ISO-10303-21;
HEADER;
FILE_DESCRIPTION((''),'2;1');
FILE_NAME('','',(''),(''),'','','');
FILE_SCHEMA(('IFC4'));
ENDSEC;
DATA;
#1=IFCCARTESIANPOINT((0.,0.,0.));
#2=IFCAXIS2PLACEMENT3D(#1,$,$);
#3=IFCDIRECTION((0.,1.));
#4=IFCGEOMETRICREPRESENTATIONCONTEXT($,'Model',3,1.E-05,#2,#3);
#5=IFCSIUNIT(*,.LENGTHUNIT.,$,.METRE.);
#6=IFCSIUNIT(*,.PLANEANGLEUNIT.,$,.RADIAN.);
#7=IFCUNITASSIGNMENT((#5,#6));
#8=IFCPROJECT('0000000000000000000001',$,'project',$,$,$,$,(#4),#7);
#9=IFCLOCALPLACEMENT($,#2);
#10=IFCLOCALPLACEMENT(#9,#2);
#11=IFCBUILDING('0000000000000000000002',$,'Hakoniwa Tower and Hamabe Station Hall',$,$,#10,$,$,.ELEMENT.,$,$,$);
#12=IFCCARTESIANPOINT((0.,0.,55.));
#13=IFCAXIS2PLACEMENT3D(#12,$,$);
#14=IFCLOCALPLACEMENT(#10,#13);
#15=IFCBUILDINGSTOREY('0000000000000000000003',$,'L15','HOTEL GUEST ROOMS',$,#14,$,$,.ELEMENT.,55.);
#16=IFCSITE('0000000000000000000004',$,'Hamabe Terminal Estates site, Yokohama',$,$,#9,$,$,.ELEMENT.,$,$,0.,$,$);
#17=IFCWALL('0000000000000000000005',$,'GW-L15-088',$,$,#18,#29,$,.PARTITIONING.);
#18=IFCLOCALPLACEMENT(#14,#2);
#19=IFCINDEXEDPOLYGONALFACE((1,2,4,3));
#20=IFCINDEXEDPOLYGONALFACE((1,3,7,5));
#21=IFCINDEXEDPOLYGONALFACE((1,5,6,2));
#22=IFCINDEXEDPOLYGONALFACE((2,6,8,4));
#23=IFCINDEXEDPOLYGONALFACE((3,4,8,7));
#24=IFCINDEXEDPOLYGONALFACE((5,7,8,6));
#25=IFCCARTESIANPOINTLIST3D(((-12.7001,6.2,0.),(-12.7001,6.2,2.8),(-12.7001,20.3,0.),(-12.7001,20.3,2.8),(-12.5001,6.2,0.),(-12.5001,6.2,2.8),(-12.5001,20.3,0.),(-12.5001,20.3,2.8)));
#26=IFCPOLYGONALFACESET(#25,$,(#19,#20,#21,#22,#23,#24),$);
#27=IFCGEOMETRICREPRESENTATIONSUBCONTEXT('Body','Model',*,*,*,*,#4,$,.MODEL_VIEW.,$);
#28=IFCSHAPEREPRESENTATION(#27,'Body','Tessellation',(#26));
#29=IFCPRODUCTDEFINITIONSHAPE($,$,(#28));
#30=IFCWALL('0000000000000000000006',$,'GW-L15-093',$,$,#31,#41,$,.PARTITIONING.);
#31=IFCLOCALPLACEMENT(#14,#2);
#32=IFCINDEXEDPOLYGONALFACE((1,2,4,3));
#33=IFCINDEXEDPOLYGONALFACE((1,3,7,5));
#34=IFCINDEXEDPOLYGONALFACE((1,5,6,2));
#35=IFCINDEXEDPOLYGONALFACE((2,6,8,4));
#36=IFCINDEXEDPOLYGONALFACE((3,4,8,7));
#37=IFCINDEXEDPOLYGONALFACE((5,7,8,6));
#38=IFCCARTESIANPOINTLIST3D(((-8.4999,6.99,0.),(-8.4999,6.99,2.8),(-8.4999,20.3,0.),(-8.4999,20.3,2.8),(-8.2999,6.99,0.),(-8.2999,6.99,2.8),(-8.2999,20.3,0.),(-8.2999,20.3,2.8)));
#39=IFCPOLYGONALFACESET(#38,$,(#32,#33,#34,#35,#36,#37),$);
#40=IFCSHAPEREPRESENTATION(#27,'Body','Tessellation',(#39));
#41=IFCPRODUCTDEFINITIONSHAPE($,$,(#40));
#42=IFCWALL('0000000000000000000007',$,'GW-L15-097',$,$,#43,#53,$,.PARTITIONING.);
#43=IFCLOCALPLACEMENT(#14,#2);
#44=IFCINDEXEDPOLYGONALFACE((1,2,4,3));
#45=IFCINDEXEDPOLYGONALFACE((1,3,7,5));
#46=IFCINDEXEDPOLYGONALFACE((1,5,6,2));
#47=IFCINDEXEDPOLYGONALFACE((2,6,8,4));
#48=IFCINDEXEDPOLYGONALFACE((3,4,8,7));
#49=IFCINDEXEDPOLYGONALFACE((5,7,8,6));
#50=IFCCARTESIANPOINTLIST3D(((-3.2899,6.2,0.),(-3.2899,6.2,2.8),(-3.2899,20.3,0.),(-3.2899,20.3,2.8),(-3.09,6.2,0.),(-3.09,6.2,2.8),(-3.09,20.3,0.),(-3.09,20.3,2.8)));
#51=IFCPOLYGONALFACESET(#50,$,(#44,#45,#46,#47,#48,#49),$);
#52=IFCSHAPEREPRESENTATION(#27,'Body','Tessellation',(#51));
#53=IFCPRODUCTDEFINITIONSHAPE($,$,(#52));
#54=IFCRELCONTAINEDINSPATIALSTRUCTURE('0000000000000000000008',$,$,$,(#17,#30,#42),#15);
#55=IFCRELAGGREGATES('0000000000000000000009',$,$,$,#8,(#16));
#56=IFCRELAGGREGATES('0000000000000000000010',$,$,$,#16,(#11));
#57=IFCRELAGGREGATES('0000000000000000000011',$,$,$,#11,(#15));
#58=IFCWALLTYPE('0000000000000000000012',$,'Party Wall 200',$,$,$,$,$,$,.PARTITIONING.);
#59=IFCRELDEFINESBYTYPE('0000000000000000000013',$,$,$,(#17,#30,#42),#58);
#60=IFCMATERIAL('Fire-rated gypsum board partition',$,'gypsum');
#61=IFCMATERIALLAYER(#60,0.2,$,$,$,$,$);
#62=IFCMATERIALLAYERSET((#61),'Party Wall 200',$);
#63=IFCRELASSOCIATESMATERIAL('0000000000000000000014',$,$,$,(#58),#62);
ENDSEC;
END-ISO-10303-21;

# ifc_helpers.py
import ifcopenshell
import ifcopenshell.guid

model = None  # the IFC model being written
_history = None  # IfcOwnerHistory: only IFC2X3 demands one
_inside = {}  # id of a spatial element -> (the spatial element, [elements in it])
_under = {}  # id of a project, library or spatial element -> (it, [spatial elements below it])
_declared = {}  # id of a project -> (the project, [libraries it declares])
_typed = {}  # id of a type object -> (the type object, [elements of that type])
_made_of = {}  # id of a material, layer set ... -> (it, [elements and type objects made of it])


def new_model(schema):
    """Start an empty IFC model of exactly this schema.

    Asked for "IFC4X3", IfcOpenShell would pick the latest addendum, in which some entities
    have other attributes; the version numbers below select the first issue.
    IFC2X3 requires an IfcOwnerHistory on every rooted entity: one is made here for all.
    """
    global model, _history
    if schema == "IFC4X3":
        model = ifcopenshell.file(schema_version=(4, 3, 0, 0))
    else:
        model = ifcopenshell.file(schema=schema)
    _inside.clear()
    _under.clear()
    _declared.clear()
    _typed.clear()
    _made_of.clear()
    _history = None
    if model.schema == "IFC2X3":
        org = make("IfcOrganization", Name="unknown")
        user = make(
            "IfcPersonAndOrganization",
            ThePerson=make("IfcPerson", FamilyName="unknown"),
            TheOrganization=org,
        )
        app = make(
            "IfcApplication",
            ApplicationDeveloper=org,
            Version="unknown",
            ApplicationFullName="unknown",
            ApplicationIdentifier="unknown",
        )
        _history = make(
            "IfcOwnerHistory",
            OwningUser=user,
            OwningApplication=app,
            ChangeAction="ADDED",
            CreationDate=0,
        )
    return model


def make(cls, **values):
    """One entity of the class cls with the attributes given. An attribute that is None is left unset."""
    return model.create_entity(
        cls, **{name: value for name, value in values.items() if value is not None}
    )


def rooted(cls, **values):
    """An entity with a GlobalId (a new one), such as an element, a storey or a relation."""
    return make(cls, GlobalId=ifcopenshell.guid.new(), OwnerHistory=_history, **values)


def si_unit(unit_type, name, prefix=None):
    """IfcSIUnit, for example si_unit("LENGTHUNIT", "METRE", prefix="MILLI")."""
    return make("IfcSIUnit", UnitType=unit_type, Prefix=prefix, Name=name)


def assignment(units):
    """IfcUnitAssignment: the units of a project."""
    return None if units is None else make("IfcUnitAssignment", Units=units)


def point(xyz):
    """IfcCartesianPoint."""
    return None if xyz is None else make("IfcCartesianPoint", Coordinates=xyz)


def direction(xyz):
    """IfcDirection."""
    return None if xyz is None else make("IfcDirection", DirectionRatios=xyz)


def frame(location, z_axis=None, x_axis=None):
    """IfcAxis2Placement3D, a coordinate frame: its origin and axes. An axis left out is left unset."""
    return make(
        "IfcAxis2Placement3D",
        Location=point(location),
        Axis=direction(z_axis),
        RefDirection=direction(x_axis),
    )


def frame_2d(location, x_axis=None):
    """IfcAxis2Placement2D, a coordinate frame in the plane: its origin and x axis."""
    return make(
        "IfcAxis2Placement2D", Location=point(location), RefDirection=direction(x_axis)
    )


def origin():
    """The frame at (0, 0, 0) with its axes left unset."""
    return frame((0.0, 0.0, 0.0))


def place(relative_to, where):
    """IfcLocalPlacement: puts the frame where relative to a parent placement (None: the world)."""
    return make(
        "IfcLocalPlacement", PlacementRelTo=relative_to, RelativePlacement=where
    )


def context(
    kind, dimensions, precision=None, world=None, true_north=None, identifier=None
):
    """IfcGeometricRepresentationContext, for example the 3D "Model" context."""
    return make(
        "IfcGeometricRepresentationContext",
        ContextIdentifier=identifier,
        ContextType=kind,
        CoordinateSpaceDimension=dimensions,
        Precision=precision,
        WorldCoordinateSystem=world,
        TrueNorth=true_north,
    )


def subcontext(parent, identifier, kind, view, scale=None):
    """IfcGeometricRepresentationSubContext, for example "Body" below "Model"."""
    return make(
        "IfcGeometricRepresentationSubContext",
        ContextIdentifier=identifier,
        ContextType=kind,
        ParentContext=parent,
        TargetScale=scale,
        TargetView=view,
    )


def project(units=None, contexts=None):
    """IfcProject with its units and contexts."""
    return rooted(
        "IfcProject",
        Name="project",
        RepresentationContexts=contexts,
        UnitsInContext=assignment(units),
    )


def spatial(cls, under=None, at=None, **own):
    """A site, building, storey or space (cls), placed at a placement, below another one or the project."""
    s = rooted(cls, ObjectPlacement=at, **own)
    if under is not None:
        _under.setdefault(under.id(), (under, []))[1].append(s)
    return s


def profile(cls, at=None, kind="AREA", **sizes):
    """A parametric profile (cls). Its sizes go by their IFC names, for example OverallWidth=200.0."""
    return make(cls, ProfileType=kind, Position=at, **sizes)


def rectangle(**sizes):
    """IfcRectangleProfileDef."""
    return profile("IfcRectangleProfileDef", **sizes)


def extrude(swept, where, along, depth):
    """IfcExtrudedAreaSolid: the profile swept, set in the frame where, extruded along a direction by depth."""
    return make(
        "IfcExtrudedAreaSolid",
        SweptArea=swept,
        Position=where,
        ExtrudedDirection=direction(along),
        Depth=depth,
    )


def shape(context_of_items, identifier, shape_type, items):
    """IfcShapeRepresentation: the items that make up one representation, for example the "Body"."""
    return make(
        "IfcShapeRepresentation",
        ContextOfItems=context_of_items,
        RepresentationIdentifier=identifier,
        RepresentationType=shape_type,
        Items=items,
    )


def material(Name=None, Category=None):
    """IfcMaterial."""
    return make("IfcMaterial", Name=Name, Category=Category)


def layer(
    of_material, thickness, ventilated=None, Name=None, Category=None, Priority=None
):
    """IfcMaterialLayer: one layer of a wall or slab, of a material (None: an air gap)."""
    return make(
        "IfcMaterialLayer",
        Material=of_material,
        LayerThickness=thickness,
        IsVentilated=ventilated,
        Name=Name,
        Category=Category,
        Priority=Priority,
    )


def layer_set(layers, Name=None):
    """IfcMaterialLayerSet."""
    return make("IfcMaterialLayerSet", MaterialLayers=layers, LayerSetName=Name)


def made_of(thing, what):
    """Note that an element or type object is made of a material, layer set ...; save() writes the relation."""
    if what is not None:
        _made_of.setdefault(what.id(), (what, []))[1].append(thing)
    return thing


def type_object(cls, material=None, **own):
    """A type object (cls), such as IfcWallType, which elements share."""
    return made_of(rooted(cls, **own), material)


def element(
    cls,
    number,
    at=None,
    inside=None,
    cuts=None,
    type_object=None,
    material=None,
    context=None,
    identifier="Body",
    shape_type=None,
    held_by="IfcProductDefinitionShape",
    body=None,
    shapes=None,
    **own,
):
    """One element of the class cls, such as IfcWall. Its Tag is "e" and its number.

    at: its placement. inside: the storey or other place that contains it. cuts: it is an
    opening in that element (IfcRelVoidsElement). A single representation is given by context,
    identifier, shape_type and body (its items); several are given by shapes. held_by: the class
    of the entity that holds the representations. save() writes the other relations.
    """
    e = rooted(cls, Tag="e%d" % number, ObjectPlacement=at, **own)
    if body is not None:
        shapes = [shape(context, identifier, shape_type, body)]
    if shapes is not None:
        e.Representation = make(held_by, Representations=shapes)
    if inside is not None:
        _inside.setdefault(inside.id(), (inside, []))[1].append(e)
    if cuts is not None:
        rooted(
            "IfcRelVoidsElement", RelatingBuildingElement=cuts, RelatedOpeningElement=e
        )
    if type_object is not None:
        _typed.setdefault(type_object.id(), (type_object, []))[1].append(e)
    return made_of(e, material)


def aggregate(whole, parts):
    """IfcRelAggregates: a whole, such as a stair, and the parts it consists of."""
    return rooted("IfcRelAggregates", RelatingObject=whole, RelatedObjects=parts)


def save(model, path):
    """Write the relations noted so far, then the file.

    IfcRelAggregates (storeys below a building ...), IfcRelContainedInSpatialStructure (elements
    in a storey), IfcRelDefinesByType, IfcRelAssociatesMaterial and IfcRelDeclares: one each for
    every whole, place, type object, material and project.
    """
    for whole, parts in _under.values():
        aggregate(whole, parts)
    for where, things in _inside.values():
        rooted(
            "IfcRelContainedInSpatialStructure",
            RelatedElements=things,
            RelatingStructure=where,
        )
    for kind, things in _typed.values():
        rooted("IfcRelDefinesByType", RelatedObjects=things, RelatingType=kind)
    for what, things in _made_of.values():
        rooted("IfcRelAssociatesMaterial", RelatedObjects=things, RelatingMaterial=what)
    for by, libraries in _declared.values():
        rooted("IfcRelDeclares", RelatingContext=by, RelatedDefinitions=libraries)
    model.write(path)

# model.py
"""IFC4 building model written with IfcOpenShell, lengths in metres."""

from ifc_helpers import new_model, si_unit, direction, frame, frame_2d, origin, place, context, subcontext, project, spatial, rectangle, extrude, material, layer, layer_set, type_object, element, save


model = new_model("IFC4")

# Units and contexts
model_context = context("Model", 3, precision=1e-05, world=origin(), true_north=direction((0.0, 1.0)))
body_context = subcontext(model_context, "Body", "Model", "MODEL_VIEW")
ifc_project = project(units=[si_unit("LENGTHUNIT", "METRE"), si_unit("PLANEANGLEUNIT", "RADIAN")], contexts=[model_context])

# Site, building, storey
site_placement = place(None, origin())
site = spatial("IfcSite", under=ifc_project, at=site_placement, Name="Hamabe Terminal Estates site, Yokohama", CompositionType="ELEMENT", RefElevation=0.0)
building_placement = place(site_placement, origin())
building = spatial("IfcBuilding", under=site, at=building_placement, Name="Hakoniwa Tower and Hamabe Station Hall", CompositionType="ELEMENT")
storey_placement = place(building_placement, frame((0.0, 0.0, 55.0)))
storey = spatial("IfcBuildingStorey", under=building, at=storey_placement, Name="L15", Description="HOTEL GUEST ROOMS", CompositionType="ELEMENT", Elevation=55.0)

# Walls
ifc_material_1 = material(Name="Fire-rated gypsum board partition", Category="gypsum")
ifc_layer_1 = layer(ifc_material_1, 0.2)
ifc_layer_set_1 = layer_set([ifc_layer_1], Name="Party Wall 200")
wall_type_1 = type_object("IfcWallType", Name="Party Wall 200", PredefinedType="PARTITIONING", material=ifc_layer_set_1)
wall_1_placement = place(storey_placement, frame((-12.6001, 6.2, 0.0), z_axis=(0.0, 0.0, 1.0), x_axis=(0.0, 1.0, 0.0)))
element("IfcWall", 1, at=wall_1_placement, inside=storey, type_object=wall_type_1, Name="GW-L15-088", PredefinedType="PARTITIONING", context=body_context, shape_type="SweptSolid", body=[
    extrude(rectangle(XDim=14.1001, YDim=0.2, at=frame_2d((7.05, 0.0))), origin(), (0.0, 0.0, 1.0), 2.8),
])
wall_2_placement = place(storey_placement, frame((-8.3999, 6.99, 0.0), z_axis=(0.0, 0.0, 1.0), x_axis=(0.0, 1.0, 0.0)))
element("IfcWall", 2, at=wall_2_placement, inside=storey, type_object=wall_type_1, Name="GW-L15-093", PredefinedType="PARTITIONING", context=body_context, shape_type="SweptSolid", body=[
    extrude(rectangle(XDim=13.3101, YDim=0.2, at=frame_2d((6.655, 0.0))), origin(), (0.0, 0.0, 1.0), 2.8),
])
wall_3_placement = place(storey_placement, frame((-3.1899, 6.2, 0.0), z_axis=(0.0, 0.0, 1.0), x_axis=(0.0, 1.0, 0.0)))
element("IfcWall", 3, at=wall_3_placement, inside=storey, type_object=wall_type_1, Name="GW-L15-097", PredefinedType="PARTITIONING", context=body_context, shape_type="SweptSolid", body=[
    extrude(rectangle(XDim=14.1001, YDim=0.2, at=frame_2d((7.05, 0.0))), origin(), (0.0, 0.0, 1.0), 2.8),
])

save(model, "model.ifc")
